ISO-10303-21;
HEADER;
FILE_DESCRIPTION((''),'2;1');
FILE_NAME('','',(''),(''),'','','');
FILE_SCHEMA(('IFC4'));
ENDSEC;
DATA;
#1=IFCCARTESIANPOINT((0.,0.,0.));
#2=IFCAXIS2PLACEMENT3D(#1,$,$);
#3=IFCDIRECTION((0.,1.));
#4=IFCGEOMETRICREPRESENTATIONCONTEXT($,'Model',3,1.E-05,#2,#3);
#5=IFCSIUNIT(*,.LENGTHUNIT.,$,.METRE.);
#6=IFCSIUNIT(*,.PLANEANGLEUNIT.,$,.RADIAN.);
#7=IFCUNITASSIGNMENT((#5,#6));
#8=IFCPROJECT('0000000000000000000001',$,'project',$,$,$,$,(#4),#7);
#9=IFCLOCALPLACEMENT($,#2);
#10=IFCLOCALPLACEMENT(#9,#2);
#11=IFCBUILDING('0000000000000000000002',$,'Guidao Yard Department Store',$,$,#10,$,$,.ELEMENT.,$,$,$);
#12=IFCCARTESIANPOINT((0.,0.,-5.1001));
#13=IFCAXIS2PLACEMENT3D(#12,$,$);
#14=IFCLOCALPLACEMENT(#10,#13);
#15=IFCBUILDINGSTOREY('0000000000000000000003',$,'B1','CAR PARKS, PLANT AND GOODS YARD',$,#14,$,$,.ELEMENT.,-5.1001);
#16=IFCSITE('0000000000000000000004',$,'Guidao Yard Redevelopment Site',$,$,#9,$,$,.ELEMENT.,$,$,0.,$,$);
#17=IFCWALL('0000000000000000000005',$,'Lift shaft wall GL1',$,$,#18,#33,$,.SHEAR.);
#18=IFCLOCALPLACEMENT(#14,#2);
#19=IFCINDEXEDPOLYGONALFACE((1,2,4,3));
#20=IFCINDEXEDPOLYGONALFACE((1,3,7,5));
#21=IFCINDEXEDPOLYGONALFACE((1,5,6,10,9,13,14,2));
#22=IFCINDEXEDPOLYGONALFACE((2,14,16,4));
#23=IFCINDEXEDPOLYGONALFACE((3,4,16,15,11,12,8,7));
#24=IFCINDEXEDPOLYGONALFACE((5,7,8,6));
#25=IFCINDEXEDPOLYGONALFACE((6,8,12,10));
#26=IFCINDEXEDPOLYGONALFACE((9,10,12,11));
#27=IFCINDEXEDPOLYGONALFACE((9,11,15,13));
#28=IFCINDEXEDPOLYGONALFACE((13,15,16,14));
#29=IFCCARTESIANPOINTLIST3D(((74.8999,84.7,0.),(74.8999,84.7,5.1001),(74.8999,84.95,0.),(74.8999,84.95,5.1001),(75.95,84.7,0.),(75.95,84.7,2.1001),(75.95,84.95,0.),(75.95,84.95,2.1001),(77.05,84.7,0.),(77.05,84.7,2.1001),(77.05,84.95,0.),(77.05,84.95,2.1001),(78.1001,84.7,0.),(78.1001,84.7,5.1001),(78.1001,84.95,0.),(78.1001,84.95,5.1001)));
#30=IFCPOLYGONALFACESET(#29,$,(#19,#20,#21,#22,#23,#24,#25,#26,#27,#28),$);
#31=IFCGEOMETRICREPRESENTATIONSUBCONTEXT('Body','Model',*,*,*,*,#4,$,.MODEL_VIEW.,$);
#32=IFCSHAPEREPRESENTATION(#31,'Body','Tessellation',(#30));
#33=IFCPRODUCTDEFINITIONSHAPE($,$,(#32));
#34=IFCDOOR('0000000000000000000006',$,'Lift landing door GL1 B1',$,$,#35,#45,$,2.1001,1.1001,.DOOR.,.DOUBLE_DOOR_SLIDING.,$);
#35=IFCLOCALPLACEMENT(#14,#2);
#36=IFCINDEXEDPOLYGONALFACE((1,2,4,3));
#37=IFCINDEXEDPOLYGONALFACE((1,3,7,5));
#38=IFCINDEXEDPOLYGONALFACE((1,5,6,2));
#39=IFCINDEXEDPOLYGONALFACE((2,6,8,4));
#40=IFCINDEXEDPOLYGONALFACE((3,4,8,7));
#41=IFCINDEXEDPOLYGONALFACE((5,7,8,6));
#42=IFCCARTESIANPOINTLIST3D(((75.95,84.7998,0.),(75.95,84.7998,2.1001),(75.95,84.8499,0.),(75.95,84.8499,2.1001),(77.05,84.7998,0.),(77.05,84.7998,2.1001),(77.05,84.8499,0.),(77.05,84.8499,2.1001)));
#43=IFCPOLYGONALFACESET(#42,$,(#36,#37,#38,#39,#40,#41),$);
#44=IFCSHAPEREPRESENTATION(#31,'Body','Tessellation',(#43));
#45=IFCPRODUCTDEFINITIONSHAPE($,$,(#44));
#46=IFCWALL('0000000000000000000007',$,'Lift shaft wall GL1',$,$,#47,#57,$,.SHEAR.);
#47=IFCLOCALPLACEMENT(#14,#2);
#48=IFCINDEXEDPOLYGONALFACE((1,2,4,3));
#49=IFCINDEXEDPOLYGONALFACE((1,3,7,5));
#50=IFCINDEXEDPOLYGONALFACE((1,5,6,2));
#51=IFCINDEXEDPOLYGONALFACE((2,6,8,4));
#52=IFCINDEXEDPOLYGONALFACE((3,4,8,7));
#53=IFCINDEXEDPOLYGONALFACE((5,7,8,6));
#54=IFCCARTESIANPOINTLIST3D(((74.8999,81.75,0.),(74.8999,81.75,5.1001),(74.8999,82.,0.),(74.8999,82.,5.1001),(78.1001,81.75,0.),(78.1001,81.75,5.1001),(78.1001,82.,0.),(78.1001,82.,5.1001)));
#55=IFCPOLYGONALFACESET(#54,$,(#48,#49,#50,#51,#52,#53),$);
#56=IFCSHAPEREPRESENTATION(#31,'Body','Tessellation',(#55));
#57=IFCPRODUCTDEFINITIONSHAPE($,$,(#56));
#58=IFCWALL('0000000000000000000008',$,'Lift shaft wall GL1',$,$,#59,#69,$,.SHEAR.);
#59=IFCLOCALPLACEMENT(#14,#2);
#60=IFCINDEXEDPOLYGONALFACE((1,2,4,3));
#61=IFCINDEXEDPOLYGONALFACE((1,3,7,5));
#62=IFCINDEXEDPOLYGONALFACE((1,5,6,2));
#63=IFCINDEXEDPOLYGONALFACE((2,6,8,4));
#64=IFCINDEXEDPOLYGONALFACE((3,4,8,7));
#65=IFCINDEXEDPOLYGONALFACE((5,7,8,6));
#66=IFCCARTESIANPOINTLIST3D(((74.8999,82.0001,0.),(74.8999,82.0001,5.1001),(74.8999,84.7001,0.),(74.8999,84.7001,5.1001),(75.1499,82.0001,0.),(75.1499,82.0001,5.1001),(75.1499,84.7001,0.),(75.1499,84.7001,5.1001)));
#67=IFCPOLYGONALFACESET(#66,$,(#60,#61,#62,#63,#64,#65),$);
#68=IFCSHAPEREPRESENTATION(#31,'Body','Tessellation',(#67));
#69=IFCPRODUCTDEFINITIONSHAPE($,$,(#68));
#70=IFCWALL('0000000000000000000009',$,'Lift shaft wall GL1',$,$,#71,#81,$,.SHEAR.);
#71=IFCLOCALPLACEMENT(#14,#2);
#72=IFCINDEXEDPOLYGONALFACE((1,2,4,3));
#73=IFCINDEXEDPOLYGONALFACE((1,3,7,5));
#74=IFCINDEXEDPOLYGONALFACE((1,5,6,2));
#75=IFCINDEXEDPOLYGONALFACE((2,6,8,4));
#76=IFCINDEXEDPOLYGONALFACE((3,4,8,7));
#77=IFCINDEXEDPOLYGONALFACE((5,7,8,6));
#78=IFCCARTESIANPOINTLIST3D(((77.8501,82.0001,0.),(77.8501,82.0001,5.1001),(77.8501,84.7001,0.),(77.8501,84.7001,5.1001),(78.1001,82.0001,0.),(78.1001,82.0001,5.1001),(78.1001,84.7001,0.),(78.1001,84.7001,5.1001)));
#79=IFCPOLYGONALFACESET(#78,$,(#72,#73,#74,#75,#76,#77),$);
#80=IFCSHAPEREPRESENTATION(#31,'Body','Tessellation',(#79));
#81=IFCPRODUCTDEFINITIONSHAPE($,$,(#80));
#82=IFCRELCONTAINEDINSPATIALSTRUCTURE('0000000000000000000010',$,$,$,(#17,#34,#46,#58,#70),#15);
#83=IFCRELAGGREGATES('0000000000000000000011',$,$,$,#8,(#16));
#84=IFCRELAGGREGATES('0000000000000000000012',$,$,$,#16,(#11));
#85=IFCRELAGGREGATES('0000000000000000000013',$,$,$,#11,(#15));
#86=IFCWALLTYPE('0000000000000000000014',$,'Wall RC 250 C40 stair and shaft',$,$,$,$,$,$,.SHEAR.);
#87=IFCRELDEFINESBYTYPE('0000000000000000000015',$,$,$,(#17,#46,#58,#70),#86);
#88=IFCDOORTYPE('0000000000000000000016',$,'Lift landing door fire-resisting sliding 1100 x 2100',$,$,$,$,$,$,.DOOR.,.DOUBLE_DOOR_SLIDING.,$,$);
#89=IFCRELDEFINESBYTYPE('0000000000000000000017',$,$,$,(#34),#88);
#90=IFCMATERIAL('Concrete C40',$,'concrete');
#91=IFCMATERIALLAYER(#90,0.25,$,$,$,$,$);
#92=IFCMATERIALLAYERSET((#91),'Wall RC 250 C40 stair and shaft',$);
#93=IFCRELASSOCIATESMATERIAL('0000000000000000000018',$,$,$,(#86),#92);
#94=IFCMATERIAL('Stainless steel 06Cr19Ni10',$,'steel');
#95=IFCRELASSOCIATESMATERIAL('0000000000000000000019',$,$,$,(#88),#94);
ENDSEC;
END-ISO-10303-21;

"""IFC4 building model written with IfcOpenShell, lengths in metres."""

from ifc_helpers import new_model, si_unit, direction, frame, frame_2d, origin, place, context, subcontext, project, spatial, rectangle, extrude, material, layer, layer_set, type_object, element, fill, save


model = new_model("IFC4")

# Units and contexts
model_context = context("Model", 3, precision=1e-05, world=origin(), true_north=direction((0.0, 1.0)))
body_context = subcontext(model_context, "Body", "Model", "MODEL_VIEW")
ifc_project = project(units=[si_unit("LENGTHUNIT", "METRE"), si_unit("PLANEANGLEUNIT", "RADIAN")], contexts=[model_context])

# Site, building, storey
site_placement = place(None, origin())
site = spatial("IfcSite", under=ifc_project, at=site_placement, Name="Guidao Yard Redevelopment Site", CompositionType="ELEMENT", RefElevation=0.0)
building_placement = place(site_placement, origin())
building = spatial("IfcBuilding", under=site, at=building_placement, Name="Guidao Yard Department Store", CompositionType="ELEMENT")
storey_placement = place(building_placement, frame((0.0, 0.0, -5.1001)))
storey = spatial("IfcBuildingStorey", under=building, at=storey_placement, Name="B1", Description="CAR PARKS, PLANT AND GOODS YARD", CompositionType="ELEMENT", Elevation=-5.1001)

# Wall, opening, door
ifc_material_1 = material(Name="Concrete C40", Category="concrete")
ifc_layer_1 = layer(ifc_material_1, 0.25)
ifc_layer_set_1 = layer_set([ifc_layer_1], Name="Wall RC 250 C40 stair and shaft")
wall_type_1 = type_object("IfcWallType", Name="Wall RC 250 C40 stair and shaft", PredefinedType="SHEAR", material=ifc_layer_set_1)
wall_1_placement = place(storey_placement, frame((74.8999, 84.825, 0.0), z_axis=(0.0, 0.0, 1.0), x_axis=(1.0, 0.0, 0.0)))
wall_1 = element("IfcWall", 1, at=wall_1_placement, inside=storey, type_object=wall_type_1, Name="Lift shaft wall GL1", PredefinedType="SHEAR", context=body_context, shape_type="SweptSolid", body=[
    extrude(rectangle(XDim=3.2002, YDim=0.25, at=frame_2d((1.6001, 0.0))), origin(), (0.0, 0.0, 1.0), 5.1001),
])
opening_1_placement = place(wall_1_placement, frame((1.05, 0.0, 0.0)))
opening_1 = element("IfcOpeningElement", 2, at=opening_1_placement, cuts=wall_1, PredefinedType="OPENING", context=body_context, shape_type="SweptSolid", body=[
    extrude(rectangle(XDim=1.1001, YDim=2.1001, at=frame_2d((0.55, 1.05))), frame((0.0, 0.135, 0.0), z_axis=(0.0, -1.0, 0.0), x_axis=(1.0, 0.0, 0.0)), (0.0, 0.0, 1.0), 0.27),
])
ifc_material_2 = material(Name="Stainless steel 06Cr19Ni10", Category="steel")
door_type_1 = type_object("IfcDoorType", Name="Lift landing door fire-resisting sliding 1100 x 2100", OperationType="DOUBLE_DOOR_SLIDING", PredefinedType="DOOR", material=ifc_material_2)
door_1_placement = place(opening_1_placement, origin())
door_1 = element("IfcDoor", 3, at=door_1_placement, inside=storey, type_object=door_type_1, Name="Lift landing door GL1 B1", OperationType="DOUBLE_DOOR_SLIDING", OverallHeight=2.1001, OverallWidth=1.1001, PredefinedType="DOOR", context=body_context, shape_type="SweptSolid", body=[
    extrude(rectangle(XDim=1.1001, YDim=2.1001, at=frame_2d((0.55, 1.05))), frame((0.0, 0.0249, 0.0), z_axis=(0.0, -1.0, 0.0), x_axis=(1.0, 0.0, 0.0)), (0.0, 0.0, 1.0), 0.05),
])
fill(opening_1, door_1)

# Walls
wall_2_placement = place(storey_placement, frame((74.8999, 81.875, 0.0), z_axis=(0.0, 0.0, 1.0), x_axis=(1.0, 0.0, 0.0)))
element("IfcWall", 4, at=wall_2_placement, inside=storey, type_object=wall_type_1, Name="Lift shaft wall GL1", PredefinedType="SHEAR", context=body_context, shape_type="SweptSolid", body=[
    extrude(rectangle(XDim=3.2002, YDim=0.25, at=frame_2d((1.6001, 0.0))), origin(), (0.0, 0.0, 1.0), 5.1001),
])
for number, where, z_axis, x_axis, name in (
    (5, (75.0249, 82.0, 0.0), (0.0, 0.0, 1.0), (0.0, 1.0, 0.0), "Lift shaft wall GL1"),
    (6, (77.9751, 82.0, 0.0), (0.0, 0.0, 1.0), (0.0, 1.0, 0.0), "Lift shaft wall GL1"),
):
    element("IfcWall", number, at=place(storey_placement, frame(where, z_axis=z_axis, x_axis=x_axis)), inside=storey, type_object=wall_type_1, Name=name, PredefinedType="SHEAR", context=body_context, shape_type="SweptSolid", body=[
        extrude(rectangle(XDim=2.7, YDim=0.25, at=frame_2d((1.3501, 0.0))), origin(), (0.0, 0.0, 1.0), 5.1001),
    ])

save(model, "model.ifc")
